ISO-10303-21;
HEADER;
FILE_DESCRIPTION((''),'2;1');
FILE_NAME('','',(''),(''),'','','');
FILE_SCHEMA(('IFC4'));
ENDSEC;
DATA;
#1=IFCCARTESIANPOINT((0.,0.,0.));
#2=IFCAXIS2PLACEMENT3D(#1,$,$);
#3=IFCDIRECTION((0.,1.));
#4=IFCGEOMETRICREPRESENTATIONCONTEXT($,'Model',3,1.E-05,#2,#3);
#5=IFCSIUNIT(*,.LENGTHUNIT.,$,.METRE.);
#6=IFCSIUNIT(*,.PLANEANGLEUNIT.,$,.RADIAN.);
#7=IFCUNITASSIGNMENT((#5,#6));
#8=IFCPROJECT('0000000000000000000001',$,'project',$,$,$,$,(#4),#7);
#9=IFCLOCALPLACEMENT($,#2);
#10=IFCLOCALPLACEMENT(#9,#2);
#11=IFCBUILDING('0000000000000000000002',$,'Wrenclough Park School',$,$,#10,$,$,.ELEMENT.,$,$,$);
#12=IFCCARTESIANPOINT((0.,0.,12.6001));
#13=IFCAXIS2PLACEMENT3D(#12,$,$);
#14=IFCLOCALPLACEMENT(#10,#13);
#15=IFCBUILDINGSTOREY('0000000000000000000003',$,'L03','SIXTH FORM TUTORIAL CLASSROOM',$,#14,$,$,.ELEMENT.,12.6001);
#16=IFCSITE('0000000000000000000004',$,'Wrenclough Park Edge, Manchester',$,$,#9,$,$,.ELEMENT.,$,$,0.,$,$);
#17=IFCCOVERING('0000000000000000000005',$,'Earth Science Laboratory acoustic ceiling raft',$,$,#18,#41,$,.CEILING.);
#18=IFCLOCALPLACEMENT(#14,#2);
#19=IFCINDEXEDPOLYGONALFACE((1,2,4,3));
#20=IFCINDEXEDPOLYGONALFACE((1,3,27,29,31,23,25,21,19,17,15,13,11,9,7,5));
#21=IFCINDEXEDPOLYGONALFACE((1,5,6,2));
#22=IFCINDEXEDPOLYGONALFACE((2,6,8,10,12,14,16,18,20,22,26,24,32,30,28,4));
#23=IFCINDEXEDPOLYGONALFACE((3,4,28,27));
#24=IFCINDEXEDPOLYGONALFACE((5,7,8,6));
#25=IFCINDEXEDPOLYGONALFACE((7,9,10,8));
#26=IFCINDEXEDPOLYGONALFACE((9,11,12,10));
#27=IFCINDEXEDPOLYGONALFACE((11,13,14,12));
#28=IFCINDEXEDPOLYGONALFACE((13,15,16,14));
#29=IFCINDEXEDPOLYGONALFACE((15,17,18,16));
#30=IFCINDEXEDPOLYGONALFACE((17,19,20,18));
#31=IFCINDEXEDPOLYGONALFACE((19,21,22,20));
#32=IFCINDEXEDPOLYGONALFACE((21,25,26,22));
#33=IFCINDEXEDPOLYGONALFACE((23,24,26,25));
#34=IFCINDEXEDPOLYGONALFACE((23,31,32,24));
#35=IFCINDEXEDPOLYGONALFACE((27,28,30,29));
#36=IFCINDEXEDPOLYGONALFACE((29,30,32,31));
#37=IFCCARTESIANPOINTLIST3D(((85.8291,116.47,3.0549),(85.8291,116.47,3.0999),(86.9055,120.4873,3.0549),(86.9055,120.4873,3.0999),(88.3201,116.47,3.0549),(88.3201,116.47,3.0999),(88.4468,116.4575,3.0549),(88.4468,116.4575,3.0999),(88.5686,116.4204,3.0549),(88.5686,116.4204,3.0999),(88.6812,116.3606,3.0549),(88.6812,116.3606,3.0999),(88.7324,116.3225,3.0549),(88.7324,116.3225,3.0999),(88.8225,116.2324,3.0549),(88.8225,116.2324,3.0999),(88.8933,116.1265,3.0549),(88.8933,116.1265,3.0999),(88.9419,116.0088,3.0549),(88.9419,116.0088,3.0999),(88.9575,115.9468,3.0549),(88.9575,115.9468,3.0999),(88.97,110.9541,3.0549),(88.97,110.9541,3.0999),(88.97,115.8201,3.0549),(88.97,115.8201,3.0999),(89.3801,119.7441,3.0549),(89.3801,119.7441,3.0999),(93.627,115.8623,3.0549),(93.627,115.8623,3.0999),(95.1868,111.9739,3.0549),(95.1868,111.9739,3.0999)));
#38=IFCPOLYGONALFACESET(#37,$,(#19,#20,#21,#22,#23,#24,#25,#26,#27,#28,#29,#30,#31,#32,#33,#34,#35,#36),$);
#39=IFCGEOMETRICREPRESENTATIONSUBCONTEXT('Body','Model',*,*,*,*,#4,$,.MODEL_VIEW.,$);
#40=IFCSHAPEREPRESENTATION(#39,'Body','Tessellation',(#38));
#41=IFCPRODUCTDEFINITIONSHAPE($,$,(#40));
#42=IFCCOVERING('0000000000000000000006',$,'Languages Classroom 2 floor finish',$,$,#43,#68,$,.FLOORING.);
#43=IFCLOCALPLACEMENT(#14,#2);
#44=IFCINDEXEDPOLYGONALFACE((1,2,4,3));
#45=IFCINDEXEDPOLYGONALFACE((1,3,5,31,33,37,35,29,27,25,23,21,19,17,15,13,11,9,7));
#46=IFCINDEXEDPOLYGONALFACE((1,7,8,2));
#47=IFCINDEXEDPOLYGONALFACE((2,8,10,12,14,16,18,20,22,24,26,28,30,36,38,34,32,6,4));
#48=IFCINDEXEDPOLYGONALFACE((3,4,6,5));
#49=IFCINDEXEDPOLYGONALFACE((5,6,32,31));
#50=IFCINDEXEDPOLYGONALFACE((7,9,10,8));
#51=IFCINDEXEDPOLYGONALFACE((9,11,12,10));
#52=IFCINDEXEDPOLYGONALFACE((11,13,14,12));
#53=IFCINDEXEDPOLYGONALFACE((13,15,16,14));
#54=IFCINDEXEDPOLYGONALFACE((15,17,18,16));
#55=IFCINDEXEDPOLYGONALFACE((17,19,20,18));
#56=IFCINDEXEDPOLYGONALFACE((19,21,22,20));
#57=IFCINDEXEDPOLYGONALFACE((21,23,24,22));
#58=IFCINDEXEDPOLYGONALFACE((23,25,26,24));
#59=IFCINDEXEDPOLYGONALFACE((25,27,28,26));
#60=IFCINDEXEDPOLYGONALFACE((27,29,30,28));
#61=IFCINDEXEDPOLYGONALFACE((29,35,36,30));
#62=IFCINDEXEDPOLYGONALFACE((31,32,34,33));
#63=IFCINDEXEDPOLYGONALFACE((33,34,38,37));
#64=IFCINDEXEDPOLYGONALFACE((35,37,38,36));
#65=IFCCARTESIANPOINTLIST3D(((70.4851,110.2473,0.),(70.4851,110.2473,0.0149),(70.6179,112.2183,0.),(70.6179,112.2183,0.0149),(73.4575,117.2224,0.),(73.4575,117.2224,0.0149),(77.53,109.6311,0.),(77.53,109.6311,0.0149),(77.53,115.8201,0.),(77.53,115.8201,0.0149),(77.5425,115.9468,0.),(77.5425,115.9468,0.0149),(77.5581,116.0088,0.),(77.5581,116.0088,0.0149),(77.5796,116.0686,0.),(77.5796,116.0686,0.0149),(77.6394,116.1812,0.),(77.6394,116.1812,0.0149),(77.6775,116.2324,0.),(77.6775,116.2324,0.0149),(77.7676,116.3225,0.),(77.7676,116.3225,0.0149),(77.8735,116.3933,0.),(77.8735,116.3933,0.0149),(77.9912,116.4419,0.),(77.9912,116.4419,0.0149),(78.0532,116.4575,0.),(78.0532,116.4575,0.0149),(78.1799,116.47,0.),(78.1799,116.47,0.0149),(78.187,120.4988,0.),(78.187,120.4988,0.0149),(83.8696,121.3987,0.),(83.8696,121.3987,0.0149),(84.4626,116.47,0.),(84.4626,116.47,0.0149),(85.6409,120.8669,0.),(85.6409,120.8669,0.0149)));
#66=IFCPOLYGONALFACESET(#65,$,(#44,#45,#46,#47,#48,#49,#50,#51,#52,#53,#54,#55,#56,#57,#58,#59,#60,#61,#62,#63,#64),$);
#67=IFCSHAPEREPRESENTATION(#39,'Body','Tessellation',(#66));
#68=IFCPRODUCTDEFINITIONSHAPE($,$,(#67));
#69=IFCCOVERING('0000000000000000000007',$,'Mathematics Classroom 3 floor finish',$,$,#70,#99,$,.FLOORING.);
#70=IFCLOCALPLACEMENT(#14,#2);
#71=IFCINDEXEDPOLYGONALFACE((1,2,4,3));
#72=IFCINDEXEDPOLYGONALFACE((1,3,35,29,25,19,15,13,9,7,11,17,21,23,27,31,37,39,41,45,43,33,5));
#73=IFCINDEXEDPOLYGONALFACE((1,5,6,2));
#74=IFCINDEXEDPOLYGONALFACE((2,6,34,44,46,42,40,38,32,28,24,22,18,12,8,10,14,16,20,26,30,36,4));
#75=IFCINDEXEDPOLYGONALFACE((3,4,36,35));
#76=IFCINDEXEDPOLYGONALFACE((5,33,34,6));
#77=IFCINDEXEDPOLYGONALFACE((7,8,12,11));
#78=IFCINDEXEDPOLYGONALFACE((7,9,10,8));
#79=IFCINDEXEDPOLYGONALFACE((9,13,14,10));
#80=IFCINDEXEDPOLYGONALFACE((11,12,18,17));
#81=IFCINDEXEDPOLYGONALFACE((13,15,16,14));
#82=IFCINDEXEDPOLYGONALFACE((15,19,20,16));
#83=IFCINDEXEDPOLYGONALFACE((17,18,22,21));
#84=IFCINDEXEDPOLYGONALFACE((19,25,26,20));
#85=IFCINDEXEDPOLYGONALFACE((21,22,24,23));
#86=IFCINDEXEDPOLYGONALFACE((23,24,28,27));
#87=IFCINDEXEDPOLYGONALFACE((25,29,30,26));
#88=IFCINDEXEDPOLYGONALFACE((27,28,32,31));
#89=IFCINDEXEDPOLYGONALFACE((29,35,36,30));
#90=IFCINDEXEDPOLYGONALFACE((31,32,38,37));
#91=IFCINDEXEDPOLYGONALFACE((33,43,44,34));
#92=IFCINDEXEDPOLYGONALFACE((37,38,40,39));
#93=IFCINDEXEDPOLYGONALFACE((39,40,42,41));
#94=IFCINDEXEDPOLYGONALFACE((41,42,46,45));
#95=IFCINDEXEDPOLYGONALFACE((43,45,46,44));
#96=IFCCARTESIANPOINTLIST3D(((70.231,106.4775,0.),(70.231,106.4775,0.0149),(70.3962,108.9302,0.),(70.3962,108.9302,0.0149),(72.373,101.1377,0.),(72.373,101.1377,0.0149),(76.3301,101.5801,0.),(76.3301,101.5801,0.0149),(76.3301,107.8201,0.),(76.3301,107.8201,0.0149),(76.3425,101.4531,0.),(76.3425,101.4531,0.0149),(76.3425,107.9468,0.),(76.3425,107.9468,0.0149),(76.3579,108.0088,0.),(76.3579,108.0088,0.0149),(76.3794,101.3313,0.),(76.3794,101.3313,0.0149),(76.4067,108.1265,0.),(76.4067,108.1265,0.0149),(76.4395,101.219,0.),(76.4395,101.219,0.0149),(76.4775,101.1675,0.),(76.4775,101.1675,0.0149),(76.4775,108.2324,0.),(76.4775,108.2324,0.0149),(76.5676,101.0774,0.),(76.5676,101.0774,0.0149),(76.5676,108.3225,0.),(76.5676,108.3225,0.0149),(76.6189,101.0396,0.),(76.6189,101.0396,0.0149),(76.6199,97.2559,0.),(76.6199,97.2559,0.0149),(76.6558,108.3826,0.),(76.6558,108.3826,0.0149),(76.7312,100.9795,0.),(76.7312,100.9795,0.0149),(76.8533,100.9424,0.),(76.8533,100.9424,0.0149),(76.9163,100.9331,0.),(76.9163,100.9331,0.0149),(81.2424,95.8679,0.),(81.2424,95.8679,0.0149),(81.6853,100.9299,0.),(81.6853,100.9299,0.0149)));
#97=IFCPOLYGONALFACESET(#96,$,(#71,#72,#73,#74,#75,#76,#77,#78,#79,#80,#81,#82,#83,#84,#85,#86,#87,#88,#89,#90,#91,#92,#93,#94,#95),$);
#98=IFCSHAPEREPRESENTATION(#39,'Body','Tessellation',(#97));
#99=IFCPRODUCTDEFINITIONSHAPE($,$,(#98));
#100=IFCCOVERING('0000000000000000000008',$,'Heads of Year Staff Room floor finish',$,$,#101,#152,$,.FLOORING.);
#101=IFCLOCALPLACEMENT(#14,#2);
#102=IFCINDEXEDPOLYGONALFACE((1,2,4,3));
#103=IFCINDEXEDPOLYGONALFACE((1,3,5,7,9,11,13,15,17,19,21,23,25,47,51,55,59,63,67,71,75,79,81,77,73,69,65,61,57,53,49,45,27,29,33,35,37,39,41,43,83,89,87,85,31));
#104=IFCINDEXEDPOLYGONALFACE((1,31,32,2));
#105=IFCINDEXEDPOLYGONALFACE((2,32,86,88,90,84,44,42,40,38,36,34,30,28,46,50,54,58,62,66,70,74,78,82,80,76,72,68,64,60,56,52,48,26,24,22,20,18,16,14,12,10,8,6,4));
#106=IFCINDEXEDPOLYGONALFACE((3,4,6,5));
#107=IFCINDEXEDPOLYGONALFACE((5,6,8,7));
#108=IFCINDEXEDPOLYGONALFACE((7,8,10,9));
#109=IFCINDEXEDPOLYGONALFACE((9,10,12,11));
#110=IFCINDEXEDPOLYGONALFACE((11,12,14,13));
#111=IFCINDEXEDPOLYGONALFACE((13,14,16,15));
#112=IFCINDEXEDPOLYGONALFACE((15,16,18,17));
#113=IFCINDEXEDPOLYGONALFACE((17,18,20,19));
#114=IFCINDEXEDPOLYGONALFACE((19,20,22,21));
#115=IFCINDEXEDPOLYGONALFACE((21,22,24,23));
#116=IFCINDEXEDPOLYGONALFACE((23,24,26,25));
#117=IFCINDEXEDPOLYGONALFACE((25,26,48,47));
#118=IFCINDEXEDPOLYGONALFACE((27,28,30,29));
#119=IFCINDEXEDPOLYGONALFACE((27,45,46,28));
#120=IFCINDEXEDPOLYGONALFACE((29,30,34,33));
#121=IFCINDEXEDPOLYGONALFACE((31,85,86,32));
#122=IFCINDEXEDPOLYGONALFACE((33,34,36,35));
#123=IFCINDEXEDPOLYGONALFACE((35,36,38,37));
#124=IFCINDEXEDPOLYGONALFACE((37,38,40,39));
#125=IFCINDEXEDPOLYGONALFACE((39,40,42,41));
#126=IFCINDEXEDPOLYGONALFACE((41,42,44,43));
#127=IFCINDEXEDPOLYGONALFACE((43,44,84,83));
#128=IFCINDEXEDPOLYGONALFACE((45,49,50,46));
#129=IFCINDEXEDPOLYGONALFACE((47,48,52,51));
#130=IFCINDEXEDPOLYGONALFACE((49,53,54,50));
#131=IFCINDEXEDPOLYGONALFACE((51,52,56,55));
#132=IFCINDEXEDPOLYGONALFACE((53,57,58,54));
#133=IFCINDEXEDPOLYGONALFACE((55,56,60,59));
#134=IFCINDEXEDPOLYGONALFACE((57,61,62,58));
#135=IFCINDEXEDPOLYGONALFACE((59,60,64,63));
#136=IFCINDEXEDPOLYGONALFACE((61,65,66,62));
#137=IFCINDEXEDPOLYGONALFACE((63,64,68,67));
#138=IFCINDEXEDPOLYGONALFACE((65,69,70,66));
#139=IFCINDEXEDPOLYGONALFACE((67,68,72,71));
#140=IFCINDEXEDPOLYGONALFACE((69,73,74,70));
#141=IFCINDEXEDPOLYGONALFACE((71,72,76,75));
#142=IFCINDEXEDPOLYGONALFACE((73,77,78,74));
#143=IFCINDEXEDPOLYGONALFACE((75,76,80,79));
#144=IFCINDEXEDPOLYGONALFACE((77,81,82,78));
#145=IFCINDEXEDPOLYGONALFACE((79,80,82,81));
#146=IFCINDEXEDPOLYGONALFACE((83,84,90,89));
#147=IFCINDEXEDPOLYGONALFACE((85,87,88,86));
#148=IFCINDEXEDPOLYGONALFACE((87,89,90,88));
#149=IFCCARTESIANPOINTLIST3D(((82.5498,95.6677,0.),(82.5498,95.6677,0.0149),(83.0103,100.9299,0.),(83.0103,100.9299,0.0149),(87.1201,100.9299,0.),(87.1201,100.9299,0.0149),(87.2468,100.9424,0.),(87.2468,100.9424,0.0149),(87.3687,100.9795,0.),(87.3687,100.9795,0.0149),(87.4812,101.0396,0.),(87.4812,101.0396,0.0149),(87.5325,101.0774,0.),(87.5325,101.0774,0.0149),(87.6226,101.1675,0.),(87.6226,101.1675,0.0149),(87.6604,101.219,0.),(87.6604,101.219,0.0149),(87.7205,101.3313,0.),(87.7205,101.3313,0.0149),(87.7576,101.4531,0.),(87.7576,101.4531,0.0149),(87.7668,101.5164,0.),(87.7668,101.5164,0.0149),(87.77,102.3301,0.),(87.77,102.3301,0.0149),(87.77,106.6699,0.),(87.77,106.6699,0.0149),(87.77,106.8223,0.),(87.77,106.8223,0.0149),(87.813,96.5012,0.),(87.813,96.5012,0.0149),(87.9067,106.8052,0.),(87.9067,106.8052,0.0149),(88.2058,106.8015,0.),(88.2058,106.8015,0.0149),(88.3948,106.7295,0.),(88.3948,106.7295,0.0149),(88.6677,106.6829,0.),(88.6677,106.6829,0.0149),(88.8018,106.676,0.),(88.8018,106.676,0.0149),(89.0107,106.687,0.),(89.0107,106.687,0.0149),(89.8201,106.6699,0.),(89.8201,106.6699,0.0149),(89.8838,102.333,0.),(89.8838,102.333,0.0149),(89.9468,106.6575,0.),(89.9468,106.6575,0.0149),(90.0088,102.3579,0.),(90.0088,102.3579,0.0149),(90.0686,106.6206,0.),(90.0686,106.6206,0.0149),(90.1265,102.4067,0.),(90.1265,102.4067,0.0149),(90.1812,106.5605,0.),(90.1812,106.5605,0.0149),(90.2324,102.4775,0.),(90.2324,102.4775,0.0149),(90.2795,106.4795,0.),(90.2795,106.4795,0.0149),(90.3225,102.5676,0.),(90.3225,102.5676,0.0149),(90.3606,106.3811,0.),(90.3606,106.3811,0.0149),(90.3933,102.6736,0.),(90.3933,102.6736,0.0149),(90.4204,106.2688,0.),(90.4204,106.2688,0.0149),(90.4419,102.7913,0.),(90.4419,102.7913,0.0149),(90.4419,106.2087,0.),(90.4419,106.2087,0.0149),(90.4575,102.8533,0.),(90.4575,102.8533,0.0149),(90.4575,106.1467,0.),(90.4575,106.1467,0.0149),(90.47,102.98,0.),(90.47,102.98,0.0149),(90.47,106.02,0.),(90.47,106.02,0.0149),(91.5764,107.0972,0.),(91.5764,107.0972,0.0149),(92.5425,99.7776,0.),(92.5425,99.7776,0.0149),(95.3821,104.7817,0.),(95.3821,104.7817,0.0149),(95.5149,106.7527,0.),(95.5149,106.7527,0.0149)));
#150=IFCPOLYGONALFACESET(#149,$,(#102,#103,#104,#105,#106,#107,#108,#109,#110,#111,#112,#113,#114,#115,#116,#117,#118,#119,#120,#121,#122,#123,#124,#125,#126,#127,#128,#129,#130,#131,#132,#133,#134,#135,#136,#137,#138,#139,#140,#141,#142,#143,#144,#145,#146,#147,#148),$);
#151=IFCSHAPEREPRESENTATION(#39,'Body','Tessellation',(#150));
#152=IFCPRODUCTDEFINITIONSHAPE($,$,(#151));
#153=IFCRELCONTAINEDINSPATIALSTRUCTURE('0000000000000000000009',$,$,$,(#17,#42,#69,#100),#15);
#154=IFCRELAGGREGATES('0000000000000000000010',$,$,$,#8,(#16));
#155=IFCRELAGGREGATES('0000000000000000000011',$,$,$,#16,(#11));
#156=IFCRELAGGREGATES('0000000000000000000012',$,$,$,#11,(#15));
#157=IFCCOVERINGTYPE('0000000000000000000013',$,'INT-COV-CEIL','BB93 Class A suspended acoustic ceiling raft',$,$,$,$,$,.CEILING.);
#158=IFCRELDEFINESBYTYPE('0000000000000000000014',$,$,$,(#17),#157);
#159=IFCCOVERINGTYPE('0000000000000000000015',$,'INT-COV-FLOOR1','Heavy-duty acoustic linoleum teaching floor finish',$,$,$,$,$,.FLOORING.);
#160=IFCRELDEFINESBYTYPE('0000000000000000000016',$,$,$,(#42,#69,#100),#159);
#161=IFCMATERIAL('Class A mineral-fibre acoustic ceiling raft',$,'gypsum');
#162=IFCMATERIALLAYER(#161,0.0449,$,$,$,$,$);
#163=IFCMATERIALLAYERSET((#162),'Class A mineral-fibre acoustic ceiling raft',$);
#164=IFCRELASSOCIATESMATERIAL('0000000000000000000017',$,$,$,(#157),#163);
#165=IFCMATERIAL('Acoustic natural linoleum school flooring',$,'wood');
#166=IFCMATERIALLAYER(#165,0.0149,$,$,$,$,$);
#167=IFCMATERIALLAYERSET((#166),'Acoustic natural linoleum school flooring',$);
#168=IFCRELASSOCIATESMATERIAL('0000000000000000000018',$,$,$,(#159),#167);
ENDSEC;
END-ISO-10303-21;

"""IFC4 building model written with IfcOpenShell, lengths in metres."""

from ifc_helpers import new_model, si_unit, direction, frame, origin, place, context, subcontext, project, spatial, polyline, outline, extrude, material, layer, layer_set, type_object, element, save


model = new_model("IFC4")

# Units and contexts
model_context = context("Model", 3, precision=1e-05, world=origin(), true_north=direction((0.0, 1.0)))
body_context = subcontext(model_context, "Body", "Model", "MODEL_VIEW")
ifc_project = project(units=[si_unit("LENGTHUNIT", "METRE"), si_unit("PLANEANGLEUNIT", "RADIAN")], contexts=[model_context])

# Site, building, storey
site_placement = place(None, origin())
site = spatial("IfcSite", under=ifc_project, at=site_placement, Name="Wrenclough Park Edge, Manchester", CompositionType="ELEMENT", RefElevation=0.0)
building_placement = place(site_placement, origin())
building = spatial("IfcBuilding", under=site, at=building_placement, Name="Wrenclough Park School", CompositionType="ELEMENT")
storey_placement = place(building_placement, frame((0.0, 0.0, 12.6001)))
storey = spatial("IfcBuildingStorey", under=building, at=storey_placement, Name="L03", Description="SIXTH FORM TUTORIAL CLASSROOM", CompositionType="ELEMENT", Elevation=12.6001)

# Coverings
ifc_material_1 = material(Name="Class A mineral-fibre acoustic ceiling raft", Category="gypsum")
ifc_layer_1 = layer(ifc_material_1, 0.0449)
ifc_layer_set_1 = layer_set([ifc_layer_1], Name="Class A mineral-fibre acoustic ceiling raft")
covering_type_1 = type_object("IfcCoveringType", Name="INT-COV-CEIL", Description="BB93 Class A suspended acoustic ceiling raft", PredefinedType="CEILING", material=ifc_layer_set_1)
covering_1_placement = place(storey_placement, frame((0.0, 0.0, 3.0549)))
element("IfcCovering", 1, at=covering_1_placement, inside=storey, type_object=covering_type_1, Name="Earth Science Laboratory acoustic ceiling raft", PredefinedType="CEILING", context=body_context, shape_type="SweptSolid", body=[
    extrude(outline(polyline([(88.97, 115.8201), (88.97, 110.9541), (95.1868, 111.9739), (93.627, 115.8623), (89.3801, 119.7441), (86.9055, 120.4873), (85.8291, 116.47), (88.3201, 116.47), (88.4468, 116.4575), (88.5686, 116.4204), (88.6812, 116.3606), (88.7324, 116.3225), (88.8225, 116.2324), (88.8933, 116.1265), (88.9419, 116.0088), (88.9575, 115.9468), (88.97, 115.8201)])), origin(), (0.0, 0.0, 1.0), 0.0449),
])
ifc_material_2 = material(Name="Acoustic natural linoleum school flooring", Category="wood")
ifc_layer_2 = layer(ifc_material_2, 0.0149)
ifc_layer_set_2 = layer_set([ifc_layer_2], Name="Acoustic natural linoleum school flooring")
covering_type_2 = type_object("IfcCoveringType", Name="INT-COV-FLOOR1", Description="Heavy-duty acoustic linoleum teaching floor finish", PredefinedType="FLOORING", material=ifc_layer_set_2)
covering_2_placement = place(storey_placement, origin())
element("IfcCovering", 2, at=covering_2_placement, inside=storey, type_object=covering_type_2, Name="Languages Classroom 2 floor finish", PredefinedType="FLOORING", context=body_context, shape_type="SweptSolid", body=[
    extrude(outline(polyline([(70.6179, 112.2183), (70.4851, 110.2473), (77.53, 109.6311), (77.53, 115.8201), (77.5425, 115.9468), (77.5581, 116.0088), (77.5796, 116.0686), (77.6394, 116.1812), (77.6775, 116.2324), (77.7676, 116.3225), (77.8735, 116.3933), (77.9912, 116.4419), (78.0532, 116.4575), (78.1799, 116.47), (84.4626, 116.47), (85.6409, 120.8669), (83.8696, 121.3987), (78.187, 120.4988), (73.4575, 117.2224), (70.6179, 112.2183)])), origin(), (0.0, 0.0, 1.0), 0.0149),
])
covering_3_placement = place(storey_placement, origin())
element("IfcCovering", 3, at=covering_3_placement, inside=storey, type_object=covering_type_2, Name="Mathematics Classroom 3 floor finish", PredefinedType="FLOORING", context=body_context, shape_type="SweptSolid", body=[
    extrude(outline(polyline([(76.6558, 108.3826), (70.3962, 108.9302), (70.231, 106.4775), (72.373, 101.1377), (76.6199, 97.2559), (81.2424, 95.8679), (81.6853, 100.9299), (76.9163, 100.9331), (76.8533, 100.9424), (76.7312, 100.9795), (76.6189, 101.0396), (76.5676, 101.0774), (76.4775, 101.1675), (76.4395, 101.219), (76.3794, 101.3313), (76.3425, 101.4531), (76.3301, 101.5801), (76.3301, 107.8201), (76.3425, 107.9468), (76.3579, 108.0088), (76.4067, 108.1265), (76.4775, 108.2324), (76.5676, 108.3225), (76.6558, 108.3826)])), origin(), (0.0, 0.0, 1.0), 0.0149),
])
covering_4_placement = place(storey_placement, origin())
element("IfcCovering", 4, at=covering_4_placement, inside=storey, type_object=covering_type_2, Name="Heads of Year Staff Room floor finish", PredefinedType="FLOORING", context=body_context, shape_type="SweptSolid", body=[
    extrude(outline(polyline([(83.0103, 100.9299), (82.5498, 95.6677), (87.813, 96.5012), (92.5425, 99.7776), (95.3821, 104.7817), (95.5149, 106.7527), (91.5764, 107.0972), (89.0107, 106.687), (88.8018, 106.676), (88.6677, 106.6829), (88.3948, 106.7295), (88.2058, 106.8015), (87.9067, 106.8052), (87.77, 106.8223), (87.77, 106.6699), (89.8201, 106.6699), (89.9468, 106.6575), (90.0686, 106.6206), (90.1812, 106.5605), (90.2795, 106.4795), (90.3606, 106.3811), (90.4204, 106.2688), (90.4419, 106.2087), (90.4575, 106.1467), (90.47, 106.02), (90.47, 102.98), (90.4575, 102.8533), (90.4419, 102.7913), (90.3933, 102.6736), (90.3225, 102.5676), (90.2324, 102.4775), (90.1265, 102.4067), (90.0088, 102.3579), (89.8838, 102.333), (87.77, 102.3301), (87.7668, 101.5164), (87.7576, 101.4531), (87.7205, 101.3313), (87.6604, 101.219), (87.6226, 101.1675), (87.5325, 101.0774), (87.4812, 101.0396), (87.3687, 100.9795), (87.2468, 100.9424), (87.1201, 100.9299), (83.0103, 100.9299)])), origin(), (0.0, 0.0, 1.0), 0.0149),
])

save(model, "model.ifc")
